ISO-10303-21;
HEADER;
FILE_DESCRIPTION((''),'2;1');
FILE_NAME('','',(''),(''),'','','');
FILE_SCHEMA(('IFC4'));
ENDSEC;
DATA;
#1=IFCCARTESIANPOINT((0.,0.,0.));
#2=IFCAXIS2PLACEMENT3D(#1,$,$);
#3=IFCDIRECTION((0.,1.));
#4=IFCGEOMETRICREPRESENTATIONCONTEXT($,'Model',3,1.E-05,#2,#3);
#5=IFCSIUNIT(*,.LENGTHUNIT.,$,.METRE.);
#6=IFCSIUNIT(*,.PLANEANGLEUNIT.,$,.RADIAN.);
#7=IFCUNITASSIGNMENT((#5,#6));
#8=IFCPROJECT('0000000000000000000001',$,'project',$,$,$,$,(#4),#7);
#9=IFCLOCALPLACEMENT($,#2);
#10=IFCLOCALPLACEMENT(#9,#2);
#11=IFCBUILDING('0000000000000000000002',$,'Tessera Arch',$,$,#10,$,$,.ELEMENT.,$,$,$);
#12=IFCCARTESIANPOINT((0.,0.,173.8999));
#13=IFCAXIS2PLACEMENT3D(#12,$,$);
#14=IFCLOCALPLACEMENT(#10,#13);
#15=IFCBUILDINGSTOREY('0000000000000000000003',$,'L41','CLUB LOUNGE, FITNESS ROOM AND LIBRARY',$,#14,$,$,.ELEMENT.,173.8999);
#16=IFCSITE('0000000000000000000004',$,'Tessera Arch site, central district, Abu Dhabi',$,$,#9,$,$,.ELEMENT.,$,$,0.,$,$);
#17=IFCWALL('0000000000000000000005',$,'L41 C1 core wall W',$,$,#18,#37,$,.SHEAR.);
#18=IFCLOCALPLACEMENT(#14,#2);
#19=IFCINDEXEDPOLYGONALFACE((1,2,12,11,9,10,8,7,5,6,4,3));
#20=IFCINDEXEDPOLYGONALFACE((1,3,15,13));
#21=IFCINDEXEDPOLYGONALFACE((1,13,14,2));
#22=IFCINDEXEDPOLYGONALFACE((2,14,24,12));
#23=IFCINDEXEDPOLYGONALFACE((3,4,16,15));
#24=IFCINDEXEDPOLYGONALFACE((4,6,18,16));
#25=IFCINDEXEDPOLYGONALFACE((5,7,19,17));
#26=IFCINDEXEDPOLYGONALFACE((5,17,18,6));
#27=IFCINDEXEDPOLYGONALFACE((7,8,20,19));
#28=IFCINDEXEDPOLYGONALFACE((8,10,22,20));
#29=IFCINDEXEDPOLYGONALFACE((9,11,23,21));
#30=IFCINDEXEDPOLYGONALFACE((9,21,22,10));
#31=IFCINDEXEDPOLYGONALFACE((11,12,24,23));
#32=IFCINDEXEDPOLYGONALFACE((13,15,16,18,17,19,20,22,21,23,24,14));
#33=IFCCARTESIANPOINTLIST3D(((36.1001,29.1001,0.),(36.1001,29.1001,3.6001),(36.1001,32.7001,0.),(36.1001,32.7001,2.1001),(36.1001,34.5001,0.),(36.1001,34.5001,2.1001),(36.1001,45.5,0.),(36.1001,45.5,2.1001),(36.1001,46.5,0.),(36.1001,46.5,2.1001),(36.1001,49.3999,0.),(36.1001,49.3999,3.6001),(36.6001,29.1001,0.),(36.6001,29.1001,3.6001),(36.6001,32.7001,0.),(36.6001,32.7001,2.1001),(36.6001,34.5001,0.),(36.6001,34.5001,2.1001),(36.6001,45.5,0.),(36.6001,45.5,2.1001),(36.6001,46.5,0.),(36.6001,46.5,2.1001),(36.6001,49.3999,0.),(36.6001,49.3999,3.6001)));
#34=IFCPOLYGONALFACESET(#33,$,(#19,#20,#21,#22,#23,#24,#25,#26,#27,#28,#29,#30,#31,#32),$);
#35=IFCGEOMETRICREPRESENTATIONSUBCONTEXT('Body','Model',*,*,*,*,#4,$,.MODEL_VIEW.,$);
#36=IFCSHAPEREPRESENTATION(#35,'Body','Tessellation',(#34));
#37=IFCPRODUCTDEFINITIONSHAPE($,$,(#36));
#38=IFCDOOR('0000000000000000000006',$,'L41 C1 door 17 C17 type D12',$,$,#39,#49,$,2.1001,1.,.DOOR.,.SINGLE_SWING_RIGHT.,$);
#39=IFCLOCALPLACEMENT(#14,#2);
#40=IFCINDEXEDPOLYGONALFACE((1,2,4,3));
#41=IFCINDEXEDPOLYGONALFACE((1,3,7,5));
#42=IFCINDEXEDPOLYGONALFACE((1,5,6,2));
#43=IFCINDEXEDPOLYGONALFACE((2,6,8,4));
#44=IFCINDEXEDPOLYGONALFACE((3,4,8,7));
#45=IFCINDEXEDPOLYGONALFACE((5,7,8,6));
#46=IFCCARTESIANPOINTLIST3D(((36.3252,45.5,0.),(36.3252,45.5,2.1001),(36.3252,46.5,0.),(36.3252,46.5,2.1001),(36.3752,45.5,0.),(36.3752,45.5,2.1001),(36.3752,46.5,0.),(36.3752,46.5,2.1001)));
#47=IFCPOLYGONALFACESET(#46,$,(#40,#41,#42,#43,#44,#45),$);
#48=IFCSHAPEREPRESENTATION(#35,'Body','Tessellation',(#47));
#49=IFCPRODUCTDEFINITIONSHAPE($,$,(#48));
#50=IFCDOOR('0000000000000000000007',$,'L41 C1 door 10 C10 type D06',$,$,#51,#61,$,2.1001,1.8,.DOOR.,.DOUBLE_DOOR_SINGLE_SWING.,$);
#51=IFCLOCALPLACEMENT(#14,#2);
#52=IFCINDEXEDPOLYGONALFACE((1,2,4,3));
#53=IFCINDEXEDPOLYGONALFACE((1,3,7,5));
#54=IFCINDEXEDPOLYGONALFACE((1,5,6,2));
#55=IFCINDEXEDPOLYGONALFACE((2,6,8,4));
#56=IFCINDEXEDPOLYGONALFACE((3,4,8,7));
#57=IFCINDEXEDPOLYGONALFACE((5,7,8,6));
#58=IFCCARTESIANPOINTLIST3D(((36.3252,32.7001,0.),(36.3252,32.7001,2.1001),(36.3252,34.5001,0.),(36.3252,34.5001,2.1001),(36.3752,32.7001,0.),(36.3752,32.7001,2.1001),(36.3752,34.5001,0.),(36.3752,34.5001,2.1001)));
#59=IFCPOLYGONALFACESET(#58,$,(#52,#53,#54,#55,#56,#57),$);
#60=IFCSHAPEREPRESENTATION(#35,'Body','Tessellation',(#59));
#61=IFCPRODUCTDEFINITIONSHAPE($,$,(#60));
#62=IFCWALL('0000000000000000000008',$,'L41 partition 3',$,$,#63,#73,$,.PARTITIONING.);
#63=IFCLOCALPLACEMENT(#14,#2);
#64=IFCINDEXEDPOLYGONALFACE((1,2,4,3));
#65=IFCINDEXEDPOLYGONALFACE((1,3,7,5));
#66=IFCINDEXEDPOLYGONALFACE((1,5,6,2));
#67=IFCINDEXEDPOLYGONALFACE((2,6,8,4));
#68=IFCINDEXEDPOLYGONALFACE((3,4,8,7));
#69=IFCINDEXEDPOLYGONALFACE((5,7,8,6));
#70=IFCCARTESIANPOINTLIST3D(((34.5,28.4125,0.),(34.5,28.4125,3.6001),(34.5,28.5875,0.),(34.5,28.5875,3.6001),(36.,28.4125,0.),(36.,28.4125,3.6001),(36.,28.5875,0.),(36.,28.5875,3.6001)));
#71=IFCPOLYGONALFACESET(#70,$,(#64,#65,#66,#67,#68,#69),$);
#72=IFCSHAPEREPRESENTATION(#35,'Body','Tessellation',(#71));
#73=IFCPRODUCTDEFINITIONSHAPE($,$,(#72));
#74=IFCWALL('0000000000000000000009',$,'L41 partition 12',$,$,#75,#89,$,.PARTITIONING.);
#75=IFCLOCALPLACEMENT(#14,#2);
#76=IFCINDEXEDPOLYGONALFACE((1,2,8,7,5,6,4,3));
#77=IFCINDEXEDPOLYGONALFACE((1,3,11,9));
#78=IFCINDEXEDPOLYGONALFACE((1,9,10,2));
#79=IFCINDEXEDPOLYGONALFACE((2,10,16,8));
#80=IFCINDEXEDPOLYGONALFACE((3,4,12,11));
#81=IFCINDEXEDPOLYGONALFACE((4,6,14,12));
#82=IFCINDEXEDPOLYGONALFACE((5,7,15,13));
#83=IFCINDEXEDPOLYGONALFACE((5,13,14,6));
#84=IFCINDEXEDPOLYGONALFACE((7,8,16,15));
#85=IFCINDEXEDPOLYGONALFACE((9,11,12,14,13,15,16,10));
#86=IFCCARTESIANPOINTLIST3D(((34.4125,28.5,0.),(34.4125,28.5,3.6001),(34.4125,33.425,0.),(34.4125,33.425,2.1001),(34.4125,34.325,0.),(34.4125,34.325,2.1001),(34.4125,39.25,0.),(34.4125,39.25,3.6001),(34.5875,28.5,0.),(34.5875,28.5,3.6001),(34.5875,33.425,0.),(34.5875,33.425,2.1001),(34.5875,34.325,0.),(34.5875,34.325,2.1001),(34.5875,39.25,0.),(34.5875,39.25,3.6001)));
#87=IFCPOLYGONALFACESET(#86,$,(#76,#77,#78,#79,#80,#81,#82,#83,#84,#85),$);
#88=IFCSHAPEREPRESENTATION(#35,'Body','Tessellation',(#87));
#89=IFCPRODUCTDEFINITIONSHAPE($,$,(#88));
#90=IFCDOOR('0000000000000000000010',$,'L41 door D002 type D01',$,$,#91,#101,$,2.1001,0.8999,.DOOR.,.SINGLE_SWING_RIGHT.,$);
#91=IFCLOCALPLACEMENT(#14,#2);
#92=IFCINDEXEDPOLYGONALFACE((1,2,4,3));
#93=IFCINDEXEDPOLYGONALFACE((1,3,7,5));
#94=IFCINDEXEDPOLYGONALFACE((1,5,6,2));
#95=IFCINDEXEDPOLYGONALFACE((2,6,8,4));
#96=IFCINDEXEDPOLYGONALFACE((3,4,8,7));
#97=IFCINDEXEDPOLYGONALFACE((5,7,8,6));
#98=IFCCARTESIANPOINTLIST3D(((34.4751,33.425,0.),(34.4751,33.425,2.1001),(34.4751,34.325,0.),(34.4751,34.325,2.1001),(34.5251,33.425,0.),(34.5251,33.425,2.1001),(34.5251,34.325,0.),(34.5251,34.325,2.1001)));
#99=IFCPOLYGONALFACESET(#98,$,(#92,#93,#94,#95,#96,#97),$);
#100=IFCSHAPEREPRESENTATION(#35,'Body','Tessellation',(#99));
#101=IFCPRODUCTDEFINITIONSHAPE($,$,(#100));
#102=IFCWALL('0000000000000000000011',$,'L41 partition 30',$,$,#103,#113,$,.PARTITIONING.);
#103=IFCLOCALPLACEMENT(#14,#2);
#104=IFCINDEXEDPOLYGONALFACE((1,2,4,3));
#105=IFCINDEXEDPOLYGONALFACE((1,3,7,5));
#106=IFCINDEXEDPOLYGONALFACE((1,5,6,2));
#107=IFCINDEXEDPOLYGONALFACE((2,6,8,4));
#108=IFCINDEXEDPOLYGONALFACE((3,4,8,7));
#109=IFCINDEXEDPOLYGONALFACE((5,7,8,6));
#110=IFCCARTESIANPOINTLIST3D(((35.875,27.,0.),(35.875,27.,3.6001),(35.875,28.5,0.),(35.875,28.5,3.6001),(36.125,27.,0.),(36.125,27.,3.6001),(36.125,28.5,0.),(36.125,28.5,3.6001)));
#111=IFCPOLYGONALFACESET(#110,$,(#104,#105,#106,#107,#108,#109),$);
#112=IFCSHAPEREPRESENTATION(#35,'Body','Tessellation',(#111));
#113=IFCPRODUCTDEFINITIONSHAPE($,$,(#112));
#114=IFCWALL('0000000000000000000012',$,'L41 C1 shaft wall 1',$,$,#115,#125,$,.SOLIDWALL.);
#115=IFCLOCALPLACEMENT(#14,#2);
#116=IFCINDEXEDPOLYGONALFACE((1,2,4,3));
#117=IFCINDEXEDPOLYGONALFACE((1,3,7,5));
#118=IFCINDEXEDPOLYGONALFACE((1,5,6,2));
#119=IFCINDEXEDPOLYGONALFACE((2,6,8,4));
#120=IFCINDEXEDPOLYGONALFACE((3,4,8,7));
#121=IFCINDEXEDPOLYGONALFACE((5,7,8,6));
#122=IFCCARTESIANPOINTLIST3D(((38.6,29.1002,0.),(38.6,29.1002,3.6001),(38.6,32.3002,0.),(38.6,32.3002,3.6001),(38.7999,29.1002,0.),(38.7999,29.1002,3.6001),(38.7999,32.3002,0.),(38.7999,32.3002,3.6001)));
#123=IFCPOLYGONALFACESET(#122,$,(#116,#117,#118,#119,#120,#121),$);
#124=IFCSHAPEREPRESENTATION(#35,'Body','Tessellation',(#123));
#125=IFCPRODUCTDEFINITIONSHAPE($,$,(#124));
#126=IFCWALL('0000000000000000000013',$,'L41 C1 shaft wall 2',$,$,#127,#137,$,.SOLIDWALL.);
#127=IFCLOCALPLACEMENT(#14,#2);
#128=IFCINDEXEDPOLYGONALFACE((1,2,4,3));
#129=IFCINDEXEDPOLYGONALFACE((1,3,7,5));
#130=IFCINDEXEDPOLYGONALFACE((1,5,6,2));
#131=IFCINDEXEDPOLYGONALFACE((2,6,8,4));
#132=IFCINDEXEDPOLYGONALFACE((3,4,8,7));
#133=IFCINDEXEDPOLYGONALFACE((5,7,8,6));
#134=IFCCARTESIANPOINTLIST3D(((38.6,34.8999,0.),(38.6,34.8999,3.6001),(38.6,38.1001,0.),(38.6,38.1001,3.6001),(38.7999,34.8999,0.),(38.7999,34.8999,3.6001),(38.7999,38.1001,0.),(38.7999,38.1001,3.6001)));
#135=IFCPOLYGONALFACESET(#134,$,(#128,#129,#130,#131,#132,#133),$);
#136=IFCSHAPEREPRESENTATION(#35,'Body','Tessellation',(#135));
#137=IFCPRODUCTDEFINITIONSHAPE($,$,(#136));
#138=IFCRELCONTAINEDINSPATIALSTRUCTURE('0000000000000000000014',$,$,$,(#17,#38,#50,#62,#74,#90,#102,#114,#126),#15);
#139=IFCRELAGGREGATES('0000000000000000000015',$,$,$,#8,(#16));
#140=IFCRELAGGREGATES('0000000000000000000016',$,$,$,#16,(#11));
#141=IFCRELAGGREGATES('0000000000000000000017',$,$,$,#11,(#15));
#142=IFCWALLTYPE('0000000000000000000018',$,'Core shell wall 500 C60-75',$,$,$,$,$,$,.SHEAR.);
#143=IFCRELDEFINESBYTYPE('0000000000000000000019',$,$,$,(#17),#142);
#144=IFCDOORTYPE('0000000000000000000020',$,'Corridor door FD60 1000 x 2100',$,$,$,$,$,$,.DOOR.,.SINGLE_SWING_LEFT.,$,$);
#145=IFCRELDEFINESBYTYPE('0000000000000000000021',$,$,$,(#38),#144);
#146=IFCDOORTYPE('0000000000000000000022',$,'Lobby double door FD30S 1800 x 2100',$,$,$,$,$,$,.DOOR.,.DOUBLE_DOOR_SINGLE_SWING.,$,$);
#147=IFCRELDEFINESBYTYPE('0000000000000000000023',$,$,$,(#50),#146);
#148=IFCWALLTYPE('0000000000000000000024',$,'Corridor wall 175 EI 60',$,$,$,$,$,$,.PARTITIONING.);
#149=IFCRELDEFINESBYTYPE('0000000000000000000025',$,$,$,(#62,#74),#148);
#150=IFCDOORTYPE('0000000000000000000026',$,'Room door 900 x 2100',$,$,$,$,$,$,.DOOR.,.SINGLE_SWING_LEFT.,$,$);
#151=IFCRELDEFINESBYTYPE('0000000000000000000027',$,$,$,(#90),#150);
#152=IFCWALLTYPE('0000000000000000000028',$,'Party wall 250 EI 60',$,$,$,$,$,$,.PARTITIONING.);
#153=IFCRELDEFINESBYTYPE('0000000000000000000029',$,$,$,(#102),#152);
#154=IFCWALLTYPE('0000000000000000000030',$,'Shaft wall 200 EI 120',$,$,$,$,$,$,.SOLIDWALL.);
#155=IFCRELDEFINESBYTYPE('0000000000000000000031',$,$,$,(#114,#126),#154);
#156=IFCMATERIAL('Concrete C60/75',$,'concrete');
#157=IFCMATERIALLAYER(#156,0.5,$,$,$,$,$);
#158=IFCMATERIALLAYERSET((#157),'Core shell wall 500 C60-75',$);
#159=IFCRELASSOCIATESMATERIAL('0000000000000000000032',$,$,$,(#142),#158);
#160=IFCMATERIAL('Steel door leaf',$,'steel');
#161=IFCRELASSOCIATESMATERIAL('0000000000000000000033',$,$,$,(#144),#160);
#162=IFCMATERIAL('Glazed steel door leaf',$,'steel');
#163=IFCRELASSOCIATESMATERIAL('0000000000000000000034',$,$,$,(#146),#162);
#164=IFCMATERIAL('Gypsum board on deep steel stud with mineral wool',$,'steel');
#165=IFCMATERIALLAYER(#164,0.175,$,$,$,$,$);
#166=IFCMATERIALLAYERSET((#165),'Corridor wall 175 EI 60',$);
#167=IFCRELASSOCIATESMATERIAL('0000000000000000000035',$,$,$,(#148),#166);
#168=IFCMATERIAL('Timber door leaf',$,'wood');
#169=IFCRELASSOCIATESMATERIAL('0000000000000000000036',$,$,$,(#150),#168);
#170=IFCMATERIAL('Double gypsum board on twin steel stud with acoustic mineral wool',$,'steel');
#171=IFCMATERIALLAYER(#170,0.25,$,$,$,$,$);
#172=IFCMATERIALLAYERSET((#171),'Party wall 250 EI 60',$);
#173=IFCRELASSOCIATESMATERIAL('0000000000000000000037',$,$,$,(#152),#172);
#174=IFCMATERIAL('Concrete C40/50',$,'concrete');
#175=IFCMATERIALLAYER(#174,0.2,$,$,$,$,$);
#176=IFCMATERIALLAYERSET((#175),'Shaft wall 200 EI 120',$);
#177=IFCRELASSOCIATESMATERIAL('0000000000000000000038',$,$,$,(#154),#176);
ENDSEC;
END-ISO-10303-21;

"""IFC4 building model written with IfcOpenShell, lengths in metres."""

from ifc_helpers import new_model, si_unit, direction, frame, frame_2d, origin, place, context, subcontext, project, spatial, rectangle, extrude, material, layer, layer_set, type_object, element, fill, save


model = new_model("IFC4")

# Units and contexts
model_context = context("Model", 3, precision=1e-05, world=origin(), true_north=direction((0.0, 1.0)))
body_context = subcontext(model_context, "Body", "Model", "MODEL_VIEW")
ifc_project = project(units=[si_unit("LENGTHUNIT", "METRE"), si_unit("PLANEANGLEUNIT", "RADIAN")], contexts=[model_context])

# Site, building, storey
site_placement = place(None, origin())
site = spatial("IfcSite", under=ifc_project, at=site_placement, Name="Tessera Arch site, central district, Abu Dhabi", CompositionType="ELEMENT", RefElevation=0.0)
building_placement = place(site_placement, origin())
building = spatial("IfcBuilding", under=site, at=building_placement, Name="Tessera Arch", CompositionType="ELEMENT")
storey_placement = place(building_placement, frame((0.0, 0.0, 173.8999)))
storey = spatial("IfcBuildingStorey", under=building, at=storey_placement, Name="L41", Description="CLUB LOUNGE, FITNESS ROOM AND LIBRARY", CompositionType="ELEMENT", Elevation=173.8999)

# Wall, openings, doors
ifc_material_1 = material(Name="Concrete C60/75", Category="concrete")
ifc_layer_1 = layer(ifc_material_1, 0.5)
ifc_layer_set_1 = layer_set([ifc_layer_1], Name="Core shell wall 500 C60-75")
wall_type_1 = type_object("IfcWallType", Name="Core shell wall 500 C60-75", PredefinedType="SHEAR", material=ifc_layer_set_1)
wall_1_placement = place(storey_placement, frame((36.3501, 29.1001, 0.0), z_axis=(0.0, 0.0, 1.0), x_axis=(0.0, 1.0, 0.0)))
wall_1 = element("IfcWall", 1, at=wall_1_placement, inside=storey, type_object=wall_type_1, Name="L41 C1 core wall W", PredefinedType="SHEAR", context=body_context, shape_type="SweptSolid", body=[
    extrude(rectangle(XDim=20.2998, YDim=0.5, at=frame_2d((10.1499, 0.0))), origin(), (0.0, 0.0, 1.0), 3.6001),
])
opening_1_placement = place(wall_1_placement, frame((3.6001, 0.0, 0.0)))
opening_1 = element("IfcOpeningElement", 2, at=opening_1_placement, cuts=wall_1, PredefinedType="OPENING", context=body_context, shape_type="SweptSolid", body=[
    extrude(rectangle(XDim=1.8, YDim=2.1001, at=frame_2d((0.8999, 1.05))), frame((0.0, 0.26, 0.0), z_axis=(0.0, -1.0, 0.0), x_axis=(1.0, 0.0, 0.0)), (0.0, 0.0, 1.0), 0.52),
])
opening_2_placement = place(wall_1_placement, frame((16.3999, 0.0, 0.0)))
opening_2 = element("IfcOpeningElement", 3, at=opening_2_placement, cuts=wall_1, PredefinedType="OPENING", context=body_context, shape_type="SweptSolid", body=[
    extrude(rectangle(XDim=1.0, YDim=2.1001, at=frame_2d((0.5, 1.05))), frame((0.0, 0.26, 0.0), z_axis=(0.0, -1.0, 0.0), x_axis=(1.0, 0.0, 0.0)), (0.0, 0.0, 1.0), 0.52),
])
ifc_material_2 = material(Name="Steel door leaf", Category="steel")
door_type_1 = type_object("IfcDoorType", Name="Corridor door FD60 1000 x 2100", OperationType="SINGLE_SWING_LEFT", PredefinedType="DOOR", material=ifc_material_2)
door_1_placement = place(opening_2_placement, origin())
door_1 = element("IfcDoor", 4, at=door_1_placement, inside=storey, type_object=door_type_1, Name="L41 C1 door 17 C17 type D12", OperationType="SINGLE_SWING_RIGHT", OverallHeight=2.1001, OverallWidth=1.0, PredefinedType="DOOR", context=body_context, shape_type="SweptSolid", body=[
    extrude(rectangle(XDim=1.0, YDim=2.1001, at=frame_2d((0.5, 1.05))), frame((0.0, 0.0249, 0.0), z_axis=(0.0, -1.0, 0.0), x_axis=(1.0, 0.0, 0.0)), (0.0, 0.0, 1.0), 0.05),
])
fill(opening_2, door_1)
ifc_material_3 = material(Name="Glazed steel door leaf", Category="steel")
door_type_2 = type_object("IfcDoorType", Name="Lobby double door FD30S 1800 x 2100", OperationType="DOUBLE_DOOR_SINGLE_SWING", PredefinedType="DOOR", material=ifc_material_3)
door_2_placement = place(opening_1_placement, origin())
door_2 = element("IfcDoor", 5, at=door_2_placement, inside=storey, type_object=door_type_2, Name="L41 C1 door 10 C10 type D06", OperationType="DOUBLE_DOOR_SINGLE_SWING", OverallHeight=2.1001, OverallWidth=1.8, PredefinedType="DOOR", context=body_context, shape_type="SweptSolid", body=[
    extrude(rectangle(XDim=1.8, YDim=2.1001, at=frame_2d((0.8999, 1.05))), frame((0.0, 0.0249, 0.0), z_axis=(0.0, -1.0, 0.0), x_axis=(1.0, 0.0, 0.0)), (0.0, 0.0, 1.0), 0.05),
])
fill(opening_1, door_2)

# Wall
ifc_material_4 = material(Name="Gypsum board on deep steel stud with mineral wool", Category="steel")
ifc_layer_2 = layer(ifc_material_4, 0.175)
ifc_layer_set_2 = layer_set([ifc_layer_2], Name="Corridor wall 175 EI 60")
wall_type_2 = type_object("IfcWallType", Name="Corridor wall 175 EI 60", PredefinedType="PARTITIONING", material=ifc_layer_set_2)
wall_2_placement = place(storey_placement, frame((34.5, 28.5, 0.0), z_axis=(0.0, 0.0, 1.0), x_axis=(1.0, 0.0, 0.0)))
element("IfcWall", 6, at=wall_2_placement, inside=storey, type_object=wall_type_2, Name="L41 partition 3", PredefinedType="PARTITIONING", context=body_context, shape_type="SweptSolid", body=[
    extrude(rectangle(XDim=1.5, YDim=0.175, at=frame_2d((0.75, 0.0))), origin(), (0.0, 0.0, 1.0), 3.6001),
])

# Wall, opening, door
wall_3_placement = place(storey_placement, frame((34.5, 28.5, 0.0), z_axis=(0.0, 0.0, 1.0), x_axis=(0.0, 1.0, 0.0)))
wall_3 = element("IfcWall", 7, at=wall_3_placement, inside=storey, type_object=wall_type_2, Name="L41 partition 12", PredefinedType="PARTITIONING", context=body_context, shape_type="SweptSolid", body=[
    extrude(rectangle(XDim=10.75, YDim=0.175, at=frame_2d((5.375, 0.0))), origin(), (0.0, 0.0, 1.0), 3.6001),
])
opening_3_placement = place(wall_3_placement, frame((4.925, 0.0, 0.0)))
opening_3 = element("IfcOpeningElement", 8, at=opening_3_placement, cuts=wall_3, PredefinedType="OPENING", context=body_context, shape_type="SweptSolid", body=[
    extrude(rectangle(XDim=0.8999, YDim=2.1001, at=frame_2d((0.45, 1.05))), frame((0.0, 0.0974, 0.0), z_axis=(0.0, -1.0, 0.0), x_axis=(1.0, 0.0, 0.0)), (0.0, 0.0, 1.0), 0.1951),
])
ifc_material_5 = material(Name="Timber door leaf", Category="wood")
door_type_3 = type_object("IfcDoorType", Name="Room door 900 x 2100", OperationType="SINGLE_SWING_LEFT", PredefinedType="DOOR", material=ifc_material_5)
door_3_placement = place(opening_3_placement, origin())
door_3 = element("IfcDoor", 9, at=door_3_placement, inside=storey, type_object=door_type_3, Name="L41 door D002 type D01", OperationType="SINGLE_SWING_RIGHT", OverallHeight=2.1001, OverallWidth=0.8999, PredefinedType="DOOR", context=body_context, shape_type="SweptSolid", body=[
    extrude(rectangle(XDim=0.8999, YDim=2.1001, at=frame_2d((0.45, 1.05))), frame((0.0, 0.0249, 0.0), z_axis=(0.0, -1.0, 0.0), x_axis=(1.0, 0.0, 0.0)), (0.0, 0.0, 1.0), 0.05),
])
fill(opening_3, door_3)

# Walls
ifc_material_6 = material(Name="Double gypsum board on twin steel stud with acoustic mineral wool", Category="steel")
ifc_layer_3 = layer(ifc_material_6, 0.25)
ifc_layer_set_3 = layer_set([ifc_layer_3], Name="Party wall 250 EI 60")
wall_type_3 = type_object("IfcWallType", Name="Party wall 250 EI 60", PredefinedType="PARTITIONING", material=ifc_layer_set_3)
wall_4_placement = place(storey_placement, frame((36.0, 27.0, 0.0), z_axis=(0.0, 0.0, 1.0), x_axis=(0.0, 1.0, 0.0)))
element("IfcWall", 10, at=wall_4_placement, inside=storey, type_object=wall_type_3, Name="L41 partition 30", PredefinedType="PARTITIONING", context=body_context, shape_type="SweptSolid", body=[
    extrude(rectangle(XDim=1.5, YDim=0.25, at=frame_2d((0.75, 0.0))), origin(), (0.0, 0.0, 1.0), 3.6001),
])
ifc_material_7 = material(Name="Concrete C40/50", Category="concrete")
ifc_layer_4 = layer(ifc_material_7, 0.2)
ifc_layer_set_4 = layer_set([ifc_layer_4], Name="Shaft wall 200 EI 120")
wall_type_4 = type_object("IfcWallType", Name="Shaft wall 200 EI 120", PredefinedType="SOLIDWALL", material=ifc_layer_set_4)
wall_5_placement = place(storey_placement, frame((38.7, 29.1001, 0.0), z_axis=(0.0, 0.0, 1.0), x_axis=(0.0, 1.0, 0.0)))
element("IfcWall", 11, at=wall_5_placement, inside=storey, type_object=wall_type_4, Name="L41 C1 shaft wall 1", PredefinedType="SOLIDWALL", context=body_context, shape_type="SweptSolid", body=[
    extrude(rectangle(XDim=3.2, YDim=0.2, at=frame_2d((1.6001, 0.0))), origin(), (0.0, 0.0, 1.0), 3.6001),
])
wall_6_placement = place(storey_placement, frame((38.7, 34.8999, 0.0), z_axis=(0.0, 0.0, 1.0), x_axis=(0.0, 1.0, 0.0)))
element("IfcWall", 12, at=wall_6_placement, inside=storey, type_object=wall_type_4, Name="L41 C1 shaft wall 2", PredefinedType="SOLIDWALL", context=body_context, shape_type="SweptSolid", body=[
    extrude(rectangle(XDim=3.2002, YDim=0.2, at=frame_2d((1.6001, 0.0))), origin(), (0.0, 0.0, 1.0), 3.6001),
])

save(model, "model.ifc")
